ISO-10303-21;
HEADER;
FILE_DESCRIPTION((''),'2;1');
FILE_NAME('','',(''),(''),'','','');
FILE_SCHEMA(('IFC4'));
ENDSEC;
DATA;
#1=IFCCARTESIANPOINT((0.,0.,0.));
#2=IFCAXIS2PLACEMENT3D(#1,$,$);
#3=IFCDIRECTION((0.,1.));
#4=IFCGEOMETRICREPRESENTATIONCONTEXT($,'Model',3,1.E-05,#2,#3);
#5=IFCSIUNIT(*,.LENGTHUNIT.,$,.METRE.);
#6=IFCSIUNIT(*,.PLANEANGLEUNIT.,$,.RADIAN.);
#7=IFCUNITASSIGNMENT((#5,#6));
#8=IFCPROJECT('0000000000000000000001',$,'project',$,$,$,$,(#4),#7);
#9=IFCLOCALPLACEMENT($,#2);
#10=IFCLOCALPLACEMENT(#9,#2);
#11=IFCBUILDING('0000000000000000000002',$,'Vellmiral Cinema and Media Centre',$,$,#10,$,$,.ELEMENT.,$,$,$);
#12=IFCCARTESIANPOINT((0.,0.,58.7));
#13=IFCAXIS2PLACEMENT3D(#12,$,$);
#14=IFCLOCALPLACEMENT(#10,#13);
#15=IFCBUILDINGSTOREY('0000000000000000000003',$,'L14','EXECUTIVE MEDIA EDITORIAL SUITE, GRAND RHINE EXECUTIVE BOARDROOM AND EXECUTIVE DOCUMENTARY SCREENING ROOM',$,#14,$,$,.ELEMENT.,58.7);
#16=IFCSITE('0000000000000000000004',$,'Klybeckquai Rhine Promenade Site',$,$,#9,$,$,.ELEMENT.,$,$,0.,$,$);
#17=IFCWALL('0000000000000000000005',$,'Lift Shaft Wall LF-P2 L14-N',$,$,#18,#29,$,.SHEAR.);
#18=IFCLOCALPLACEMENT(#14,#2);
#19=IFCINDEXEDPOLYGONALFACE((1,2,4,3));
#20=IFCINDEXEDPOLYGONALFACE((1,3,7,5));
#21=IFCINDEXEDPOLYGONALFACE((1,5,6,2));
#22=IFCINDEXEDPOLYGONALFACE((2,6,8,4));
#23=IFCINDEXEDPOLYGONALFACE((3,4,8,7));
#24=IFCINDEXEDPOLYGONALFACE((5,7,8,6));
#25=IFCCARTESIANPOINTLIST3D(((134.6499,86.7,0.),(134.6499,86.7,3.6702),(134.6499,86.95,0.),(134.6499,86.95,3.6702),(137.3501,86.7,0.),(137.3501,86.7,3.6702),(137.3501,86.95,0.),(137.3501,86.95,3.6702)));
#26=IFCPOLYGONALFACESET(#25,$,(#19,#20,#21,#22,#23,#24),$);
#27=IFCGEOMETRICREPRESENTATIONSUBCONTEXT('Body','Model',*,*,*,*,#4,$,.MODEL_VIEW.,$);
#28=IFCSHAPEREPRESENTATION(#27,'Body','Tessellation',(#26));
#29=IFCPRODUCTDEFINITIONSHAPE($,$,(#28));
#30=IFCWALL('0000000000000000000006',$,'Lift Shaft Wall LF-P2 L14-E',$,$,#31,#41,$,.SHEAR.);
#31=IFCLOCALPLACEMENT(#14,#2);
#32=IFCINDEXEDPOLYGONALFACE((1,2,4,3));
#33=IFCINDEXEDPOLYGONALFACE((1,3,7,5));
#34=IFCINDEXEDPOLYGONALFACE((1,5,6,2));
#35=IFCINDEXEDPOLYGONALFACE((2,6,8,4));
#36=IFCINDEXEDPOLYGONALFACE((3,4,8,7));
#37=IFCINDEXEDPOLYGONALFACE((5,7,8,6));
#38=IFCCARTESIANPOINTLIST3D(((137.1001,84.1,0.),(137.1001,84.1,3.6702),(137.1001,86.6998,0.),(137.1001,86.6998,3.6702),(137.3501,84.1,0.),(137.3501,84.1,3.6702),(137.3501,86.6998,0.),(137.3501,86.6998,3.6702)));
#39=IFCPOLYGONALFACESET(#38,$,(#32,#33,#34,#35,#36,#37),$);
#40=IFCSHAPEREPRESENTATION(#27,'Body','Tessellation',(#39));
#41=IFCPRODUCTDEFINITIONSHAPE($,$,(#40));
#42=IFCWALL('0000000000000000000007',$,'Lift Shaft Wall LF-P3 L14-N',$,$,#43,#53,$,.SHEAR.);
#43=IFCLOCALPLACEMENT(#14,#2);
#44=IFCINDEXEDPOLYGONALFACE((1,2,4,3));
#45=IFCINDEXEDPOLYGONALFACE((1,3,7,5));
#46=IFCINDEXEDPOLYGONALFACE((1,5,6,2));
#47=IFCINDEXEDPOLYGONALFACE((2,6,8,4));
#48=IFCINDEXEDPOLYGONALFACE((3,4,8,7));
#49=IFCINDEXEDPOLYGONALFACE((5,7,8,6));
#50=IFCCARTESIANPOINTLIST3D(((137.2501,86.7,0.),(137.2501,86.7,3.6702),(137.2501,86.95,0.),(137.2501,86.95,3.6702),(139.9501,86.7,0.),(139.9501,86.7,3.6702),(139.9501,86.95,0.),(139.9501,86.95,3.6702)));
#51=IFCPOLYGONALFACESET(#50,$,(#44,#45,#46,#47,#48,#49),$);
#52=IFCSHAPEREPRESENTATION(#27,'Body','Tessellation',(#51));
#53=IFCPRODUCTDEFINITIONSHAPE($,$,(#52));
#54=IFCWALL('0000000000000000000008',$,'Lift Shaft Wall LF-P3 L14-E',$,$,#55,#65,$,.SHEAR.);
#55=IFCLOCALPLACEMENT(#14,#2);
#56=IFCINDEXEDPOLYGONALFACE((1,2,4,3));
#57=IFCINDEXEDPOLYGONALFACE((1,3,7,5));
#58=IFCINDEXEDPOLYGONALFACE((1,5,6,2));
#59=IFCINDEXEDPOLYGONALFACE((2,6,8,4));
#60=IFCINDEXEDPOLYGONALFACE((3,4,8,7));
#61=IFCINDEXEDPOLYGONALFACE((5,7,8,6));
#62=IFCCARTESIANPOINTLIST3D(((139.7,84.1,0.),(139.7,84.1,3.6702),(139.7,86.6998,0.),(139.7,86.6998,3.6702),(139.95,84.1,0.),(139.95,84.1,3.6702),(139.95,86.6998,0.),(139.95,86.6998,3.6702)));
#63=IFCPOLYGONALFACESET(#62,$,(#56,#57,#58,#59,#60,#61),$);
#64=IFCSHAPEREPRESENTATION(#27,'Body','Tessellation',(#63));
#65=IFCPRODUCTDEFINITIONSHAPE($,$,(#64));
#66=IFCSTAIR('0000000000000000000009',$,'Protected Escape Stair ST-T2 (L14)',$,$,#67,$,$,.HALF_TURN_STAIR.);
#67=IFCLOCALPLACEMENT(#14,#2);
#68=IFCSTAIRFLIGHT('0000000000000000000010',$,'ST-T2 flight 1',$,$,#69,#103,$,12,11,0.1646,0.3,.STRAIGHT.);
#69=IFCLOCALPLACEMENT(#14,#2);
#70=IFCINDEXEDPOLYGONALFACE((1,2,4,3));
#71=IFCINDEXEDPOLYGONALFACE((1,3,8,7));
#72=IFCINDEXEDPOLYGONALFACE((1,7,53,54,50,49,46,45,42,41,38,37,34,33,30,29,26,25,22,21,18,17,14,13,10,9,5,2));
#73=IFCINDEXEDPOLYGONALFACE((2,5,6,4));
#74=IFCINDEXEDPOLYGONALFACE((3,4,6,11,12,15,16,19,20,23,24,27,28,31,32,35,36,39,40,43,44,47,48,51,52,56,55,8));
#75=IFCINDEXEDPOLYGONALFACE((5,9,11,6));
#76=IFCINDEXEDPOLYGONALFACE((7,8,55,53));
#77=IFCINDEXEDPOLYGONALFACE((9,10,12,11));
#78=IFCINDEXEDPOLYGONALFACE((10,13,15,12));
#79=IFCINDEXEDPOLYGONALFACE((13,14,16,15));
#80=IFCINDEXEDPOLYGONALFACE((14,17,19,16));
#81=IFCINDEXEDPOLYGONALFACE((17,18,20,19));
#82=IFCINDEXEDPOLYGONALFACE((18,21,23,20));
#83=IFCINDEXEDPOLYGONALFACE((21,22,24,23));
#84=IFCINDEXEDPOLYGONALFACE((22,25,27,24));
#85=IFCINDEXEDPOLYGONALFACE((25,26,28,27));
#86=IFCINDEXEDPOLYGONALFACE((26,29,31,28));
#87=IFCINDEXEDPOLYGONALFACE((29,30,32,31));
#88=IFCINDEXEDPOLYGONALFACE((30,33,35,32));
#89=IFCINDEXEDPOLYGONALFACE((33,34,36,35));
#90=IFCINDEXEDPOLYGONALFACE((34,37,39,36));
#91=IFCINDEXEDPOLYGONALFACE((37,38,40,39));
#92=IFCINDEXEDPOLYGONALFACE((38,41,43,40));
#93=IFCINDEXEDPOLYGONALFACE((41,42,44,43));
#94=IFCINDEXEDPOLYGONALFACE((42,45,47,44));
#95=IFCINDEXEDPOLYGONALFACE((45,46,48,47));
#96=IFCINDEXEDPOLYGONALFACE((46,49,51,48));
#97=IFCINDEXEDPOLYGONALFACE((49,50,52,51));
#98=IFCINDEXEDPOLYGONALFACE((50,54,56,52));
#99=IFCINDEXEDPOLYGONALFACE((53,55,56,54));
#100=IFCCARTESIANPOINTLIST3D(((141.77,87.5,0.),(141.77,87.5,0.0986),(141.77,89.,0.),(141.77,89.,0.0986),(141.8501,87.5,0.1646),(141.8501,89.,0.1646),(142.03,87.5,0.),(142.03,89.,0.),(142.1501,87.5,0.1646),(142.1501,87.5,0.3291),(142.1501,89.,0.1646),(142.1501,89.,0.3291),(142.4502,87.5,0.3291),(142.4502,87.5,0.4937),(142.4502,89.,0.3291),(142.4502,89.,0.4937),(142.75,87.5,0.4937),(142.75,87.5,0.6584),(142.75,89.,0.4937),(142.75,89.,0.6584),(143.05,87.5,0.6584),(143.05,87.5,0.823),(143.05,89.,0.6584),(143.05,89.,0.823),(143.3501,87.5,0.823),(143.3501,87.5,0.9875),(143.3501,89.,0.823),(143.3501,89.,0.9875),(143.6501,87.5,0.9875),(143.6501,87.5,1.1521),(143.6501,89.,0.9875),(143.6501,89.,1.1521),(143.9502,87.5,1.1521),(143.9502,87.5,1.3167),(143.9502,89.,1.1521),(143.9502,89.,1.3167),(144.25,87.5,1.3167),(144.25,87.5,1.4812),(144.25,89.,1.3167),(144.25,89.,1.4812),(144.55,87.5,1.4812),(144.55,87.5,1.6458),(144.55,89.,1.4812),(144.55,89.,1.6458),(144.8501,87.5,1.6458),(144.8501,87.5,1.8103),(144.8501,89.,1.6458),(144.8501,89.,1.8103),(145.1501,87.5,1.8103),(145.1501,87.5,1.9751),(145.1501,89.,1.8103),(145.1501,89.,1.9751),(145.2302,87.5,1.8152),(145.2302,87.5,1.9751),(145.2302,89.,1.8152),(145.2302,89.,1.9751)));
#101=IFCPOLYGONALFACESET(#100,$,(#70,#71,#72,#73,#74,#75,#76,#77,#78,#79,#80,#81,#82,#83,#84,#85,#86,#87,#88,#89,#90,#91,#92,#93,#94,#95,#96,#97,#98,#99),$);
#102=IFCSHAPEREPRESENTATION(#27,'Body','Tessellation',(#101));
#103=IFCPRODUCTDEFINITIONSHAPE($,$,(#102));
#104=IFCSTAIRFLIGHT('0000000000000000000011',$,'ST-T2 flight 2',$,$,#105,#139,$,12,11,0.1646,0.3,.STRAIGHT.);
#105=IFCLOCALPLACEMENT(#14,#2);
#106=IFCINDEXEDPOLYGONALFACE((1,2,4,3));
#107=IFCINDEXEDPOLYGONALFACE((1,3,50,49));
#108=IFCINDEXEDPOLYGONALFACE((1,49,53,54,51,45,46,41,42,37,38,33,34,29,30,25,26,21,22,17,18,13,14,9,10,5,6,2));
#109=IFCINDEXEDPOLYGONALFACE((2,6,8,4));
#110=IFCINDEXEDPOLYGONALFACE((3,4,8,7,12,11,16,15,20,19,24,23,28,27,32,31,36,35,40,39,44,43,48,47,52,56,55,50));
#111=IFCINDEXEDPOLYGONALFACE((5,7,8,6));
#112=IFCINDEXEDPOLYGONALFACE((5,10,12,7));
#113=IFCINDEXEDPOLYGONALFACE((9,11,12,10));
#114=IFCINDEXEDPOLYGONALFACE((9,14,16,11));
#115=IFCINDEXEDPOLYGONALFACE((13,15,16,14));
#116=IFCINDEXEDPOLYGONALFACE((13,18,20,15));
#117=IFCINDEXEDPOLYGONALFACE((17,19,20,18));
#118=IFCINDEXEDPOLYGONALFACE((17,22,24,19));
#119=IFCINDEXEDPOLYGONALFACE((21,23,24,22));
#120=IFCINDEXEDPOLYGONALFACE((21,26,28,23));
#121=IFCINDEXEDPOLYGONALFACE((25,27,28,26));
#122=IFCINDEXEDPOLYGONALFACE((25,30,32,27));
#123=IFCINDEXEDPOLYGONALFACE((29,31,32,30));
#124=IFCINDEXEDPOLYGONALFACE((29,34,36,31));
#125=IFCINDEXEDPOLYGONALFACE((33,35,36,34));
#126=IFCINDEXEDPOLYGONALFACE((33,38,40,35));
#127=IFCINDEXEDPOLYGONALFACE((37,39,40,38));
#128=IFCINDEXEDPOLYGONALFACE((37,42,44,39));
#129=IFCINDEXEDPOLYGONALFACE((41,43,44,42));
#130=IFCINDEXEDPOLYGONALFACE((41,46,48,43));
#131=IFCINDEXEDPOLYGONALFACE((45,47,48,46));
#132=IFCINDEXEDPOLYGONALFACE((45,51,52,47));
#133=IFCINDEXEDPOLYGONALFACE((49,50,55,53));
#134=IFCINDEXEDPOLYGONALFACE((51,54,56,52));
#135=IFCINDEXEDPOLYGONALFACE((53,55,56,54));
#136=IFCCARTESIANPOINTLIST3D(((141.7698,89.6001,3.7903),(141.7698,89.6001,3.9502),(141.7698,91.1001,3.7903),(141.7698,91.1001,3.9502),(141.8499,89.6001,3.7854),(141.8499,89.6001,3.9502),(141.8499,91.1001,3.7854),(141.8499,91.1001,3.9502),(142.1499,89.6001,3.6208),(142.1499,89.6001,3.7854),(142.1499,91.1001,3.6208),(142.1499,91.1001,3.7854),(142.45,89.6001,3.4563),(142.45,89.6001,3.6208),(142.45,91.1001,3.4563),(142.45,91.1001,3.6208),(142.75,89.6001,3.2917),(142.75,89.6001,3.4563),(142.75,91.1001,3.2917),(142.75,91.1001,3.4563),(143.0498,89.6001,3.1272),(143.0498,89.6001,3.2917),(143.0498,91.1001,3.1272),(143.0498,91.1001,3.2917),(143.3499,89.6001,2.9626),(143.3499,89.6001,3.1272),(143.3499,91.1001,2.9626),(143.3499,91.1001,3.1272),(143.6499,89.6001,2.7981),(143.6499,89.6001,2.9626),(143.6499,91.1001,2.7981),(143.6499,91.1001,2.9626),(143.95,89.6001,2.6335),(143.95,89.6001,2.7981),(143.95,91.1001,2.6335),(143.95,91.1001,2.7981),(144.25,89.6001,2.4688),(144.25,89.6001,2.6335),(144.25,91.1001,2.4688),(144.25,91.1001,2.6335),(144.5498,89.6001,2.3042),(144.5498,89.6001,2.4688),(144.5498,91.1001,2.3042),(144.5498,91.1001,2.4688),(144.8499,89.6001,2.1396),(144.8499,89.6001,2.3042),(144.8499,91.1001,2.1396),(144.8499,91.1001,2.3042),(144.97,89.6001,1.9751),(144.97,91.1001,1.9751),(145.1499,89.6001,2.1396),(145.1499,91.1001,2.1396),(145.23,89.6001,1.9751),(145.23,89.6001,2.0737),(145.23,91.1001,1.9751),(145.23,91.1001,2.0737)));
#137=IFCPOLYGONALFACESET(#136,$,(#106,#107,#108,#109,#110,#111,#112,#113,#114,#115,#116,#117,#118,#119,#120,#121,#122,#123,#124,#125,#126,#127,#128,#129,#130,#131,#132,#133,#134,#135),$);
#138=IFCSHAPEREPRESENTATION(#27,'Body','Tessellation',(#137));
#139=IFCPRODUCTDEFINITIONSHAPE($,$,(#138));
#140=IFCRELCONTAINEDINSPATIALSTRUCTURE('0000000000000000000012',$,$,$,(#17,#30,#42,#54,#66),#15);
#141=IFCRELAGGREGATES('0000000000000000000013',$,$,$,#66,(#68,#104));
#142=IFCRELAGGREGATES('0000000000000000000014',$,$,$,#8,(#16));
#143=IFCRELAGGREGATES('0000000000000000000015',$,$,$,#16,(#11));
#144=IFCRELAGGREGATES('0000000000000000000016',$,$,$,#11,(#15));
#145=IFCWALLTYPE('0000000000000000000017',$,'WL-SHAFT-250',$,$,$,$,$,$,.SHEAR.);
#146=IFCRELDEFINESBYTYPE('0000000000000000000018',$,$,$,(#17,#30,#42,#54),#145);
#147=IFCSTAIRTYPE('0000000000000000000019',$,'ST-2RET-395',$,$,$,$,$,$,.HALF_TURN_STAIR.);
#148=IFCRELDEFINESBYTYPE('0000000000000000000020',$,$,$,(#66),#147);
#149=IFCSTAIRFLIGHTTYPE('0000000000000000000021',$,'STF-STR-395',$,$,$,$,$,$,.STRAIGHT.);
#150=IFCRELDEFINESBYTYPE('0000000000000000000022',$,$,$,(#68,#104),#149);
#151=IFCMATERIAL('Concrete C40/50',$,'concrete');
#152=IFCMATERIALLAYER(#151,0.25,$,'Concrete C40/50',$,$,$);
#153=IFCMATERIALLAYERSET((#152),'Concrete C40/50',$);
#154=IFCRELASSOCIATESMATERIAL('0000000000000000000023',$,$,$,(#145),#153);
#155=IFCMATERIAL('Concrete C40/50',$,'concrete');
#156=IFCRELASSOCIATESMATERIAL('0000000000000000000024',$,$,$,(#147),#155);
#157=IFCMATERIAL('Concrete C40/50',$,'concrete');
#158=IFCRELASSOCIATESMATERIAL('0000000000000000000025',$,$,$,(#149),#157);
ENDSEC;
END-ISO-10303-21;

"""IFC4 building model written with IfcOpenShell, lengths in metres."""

from ifc_helpers import new_model, si_unit, direction, frame, frame_2d, origin, place, context, subcontext, project, spatial, polyline, rectangle, outline, extrude, material, layer, layer_set, type_object, element, aggregate, save


model = new_model("IFC4")

# Units and contexts
model_context = context("Model", 3, precision=1e-05, world=origin(), true_north=direction((0.0, 1.0)))
body_context = subcontext(model_context, "Body", "Model", "MODEL_VIEW")
ifc_project = project(units=[si_unit("LENGTHUNIT", "METRE"), si_unit("PLANEANGLEUNIT", "RADIAN")], contexts=[model_context])

# Site, building, storey
site_placement = place(None, origin())
site = spatial("IfcSite", under=ifc_project, at=site_placement, Name="Klybeckquai Rhine Promenade Site", CompositionType="ELEMENT", RefElevation=0.0)
building_placement = place(site_placement, origin())
building = spatial("IfcBuilding", under=site, at=building_placement, Name="Vellmiral Cinema and Media Centre", CompositionType="ELEMENT")
storey_placement = place(building_placement, frame((0.0, 0.0, 58.7)))
storey = spatial("IfcBuildingStorey", under=building, at=storey_placement, Name="L14", Description="EXECUTIVE MEDIA EDITORIAL SUITE, GRAND RHINE EXECUTIVE BOARDROOM AND EXECUTIVE DOCUMENTARY SCREENING ROOM", CompositionType="ELEMENT", Elevation=58.7)

# Shared definitions
ifc_material_1 = material(Name="Concrete C40/50", Category="concrete")
ifc_layer_1 = layer(ifc_material_1, 0.25, Name="Concrete C40/50")
ifc_layer_set_1 = layer_set([ifc_layer_1], Name="Concrete C40/50")
wall_type_1 = type_object("IfcWallType", Name="WL-SHAFT-250", PredefinedType="SHEAR", material=ifc_layer_set_1)

# Walls
wall_1_placement = place(storey_placement, frame((134.6499, 86.825, 0.0), z_axis=(0.0, 0.0, 1.0), x_axis=(1.0, 0.0, 0.0)))
element("IfcWall", 1, at=wall_1_placement, inside=storey, type_object=wall_type_1, Name="Lift Shaft Wall LF-P2 L14-N", PredefinedType="SHEAR", context=body_context, shape_type="SweptSolid", body=[
    extrude(rectangle(XDim=2.7002, YDim=0.25, at=frame_2d((1.3501, 0.0))), origin(), (0.0, 0.0, 1.0), 3.6702),
])
wall_2_placement = place(storey_placement, frame((137.2251, 84.1001, 0.0), z_axis=(0.0, 0.0, 1.0), x_axis=(0.0, 1.0, 0.0)))
element("IfcWall", 2, at=wall_2_placement, inside=storey, type_object=wall_type_1, Name="Lift Shaft Wall LF-P2 L14-E", PredefinedType="SHEAR", context=body_context, shape_type="SweptSolid", body=[
    extrude(rectangle(XDim=2.5999, YDim=0.25, at=frame_2d((1.2998, 0.0))), origin(), (0.0, 0.0, 1.0), 3.6702),
])

# Walls
wall_3_placement = place(storey_placement, frame((137.25, 86.825, 0.0), z_axis=(0.0, 0.0, 1.0), x_axis=(1.0, 0.0, 0.0)))
element("IfcWall", 3, at=wall_3_placement, inside=storey, type_object=wall_type_1, Name="Lift Shaft Wall LF-P3 L14-N", PredefinedType="SHEAR", context=body_context, shape_type="SweptSolid", body=[
    extrude(rectangle(XDim=2.7, YDim=0.25, at=frame_2d((1.3501, 0.0))), origin(), (0.0, 0.0, 1.0), 3.6702),
])
wall_4_placement = place(storey_placement, frame((139.825, 84.1001, 0.0), z_axis=(0.0, 0.0, 1.0), x_axis=(0.0, 1.0, 0.0)))
element("IfcWall", 4, at=wall_4_placement, inside=storey, type_object=wall_type_1, Name="Lift Shaft Wall LF-P3 L14-E", PredefinedType="SHEAR", context=body_context, shape_type="SweptSolid", body=[
    extrude(rectangle(XDim=2.5999, YDim=0.25, at=frame_2d((1.2998, 0.0))), origin(), (0.0, 0.0, 1.0), 3.6702),
])

# Stair, stair flights
ifc_material_2 = material(Name="Concrete C40/50", Category="concrete")
stair_type = type_object("IfcStairType", Name="ST-2RET-395", PredefinedType="HALF_TURN_STAIR", material=ifc_material_2)
stair_placement = place(storey_placement, origin())
stair = element("IfcStair", 5, at=stair_placement, inside=storey, type_object=stair_type, Name="Protected Escape Stair ST-T2 (L14)", PredefinedType="HALF_TURN_STAIR")
ifc_material_3 = material(Name="Concrete C40/50", Category="concrete")
stair_flight_type = type_object("IfcStairFlightType", Name="STF-STR-395", PredefinedType="STRAIGHT", material=ifc_material_3)
stair_flight_1_placement = place(storey_placement, frame((141.8501, 88.25, 0.0), z_axis=(0.0, 0.0, 1.0), x_axis=(1.0, 0.0, 0.0)))
stair_flight_1 = element("IfcStairFlight", 6, at=stair_flight_1_placement, type_object=stair_flight_type, Name="ST-T2 flight 1", NumberOfRisers=12, NumberOfTreads=11, PredefinedType="STRAIGHT", RiserHeight=0.1646, TreadLength=0.3, context=body_context, shape_type="SweptSolid", body=[
    extrude(outline(polyline([(-0.0801, 0.0), (-0.0801, 0.0986), (0.0, 0.1646), (0.3, 0.1646), (0.3, 0.3291), (0.6001, 0.3291), (0.6001, 0.4937), (0.8999, 0.4937), (0.8999, 0.6584), (1.2, 0.6584), (1.2, 0.823), (1.5, 0.823), (1.5, 0.9875), (1.8, 0.9875), (1.8, 1.1521), (2.1001, 1.1521), (2.1001, 1.3167), (2.3999, 1.3167), (2.3999, 1.4812), (2.7, 1.4812), (2.7, 1.6458), (3.0, 1.6458), (3.0, 1.8103), (3.3, 1.8103), (3.3, 1.9751), (3.3801, 1.9751), (3.3801, 1.8152), (0.1799, 0.0), (-0.0801, 0.0)])), frame((0.0, 0.75, 0.0), z_axis=(0.0, -1.0, 0.0), x_axis=(1.0, 0.0, 0.0)), (0.0, 0.0, 1.0), 1.5),
])
stair_flight_2_placement = place(storey_placement, frame((145.1499, 90.3501, 1.9751), z_axis=(0.0, 0.0, 1.0), x_axis=(-1.0, 0.0, 0.0)))
stair_flight_2 = element("IfcStairFlight", 7, at=stair_flight_2_placement, type_object=stair_flight_type, Name="ST-T2 flight 2", NumberOfRisers=12, NumberOfTreads=11, PredefinedType="STRAIGHT", RiserHeight=0.1646, TreadLength=0.3, context=body_context, shape_type="SweptSolid", body=[
    extrude(outline(polyline([(-0.0801, 0.0), (-0.0801, 0.0986), (0.0, 0.1646), (0.3, 0.1646), (0.3, 0.3291), (0.6001, 0.3291), (0.6001, 0.4937), (0.8999, 0.4937), (0.8999, 0.6584), (1.2, 0.6584), (1.2, 0.823), (1.5, 0.823), (1.5, 0.9875), (1.8, 0.9875), (1.8, 1.1521), (2.1001, 1.1521), (2.1001, 1.3167), (2.3999, 1.3167), (2.3999, 1.4812), (2.7, 1.4812), (2.7, 1.6458), (3.0, 1.6458), (3.0, 1.8103), (3.3, 1.8103), (3.3, 1.9751), (3.3801, 1.9751), (3.3801, 1.8152), (0.1799, 0.0), (-0.0801, 0.0)])), frame((0.0, 0.75, 0.0), z_axis=(0.0, -1.0, 0.0), x_axis=(1.0, 0.0, 0.0)), (0.0, 0.0, 1.0), 1.5),
])
aggregate(stair, [stair_flight_1, stair_flight_2])

save(model, "model.ifc")
